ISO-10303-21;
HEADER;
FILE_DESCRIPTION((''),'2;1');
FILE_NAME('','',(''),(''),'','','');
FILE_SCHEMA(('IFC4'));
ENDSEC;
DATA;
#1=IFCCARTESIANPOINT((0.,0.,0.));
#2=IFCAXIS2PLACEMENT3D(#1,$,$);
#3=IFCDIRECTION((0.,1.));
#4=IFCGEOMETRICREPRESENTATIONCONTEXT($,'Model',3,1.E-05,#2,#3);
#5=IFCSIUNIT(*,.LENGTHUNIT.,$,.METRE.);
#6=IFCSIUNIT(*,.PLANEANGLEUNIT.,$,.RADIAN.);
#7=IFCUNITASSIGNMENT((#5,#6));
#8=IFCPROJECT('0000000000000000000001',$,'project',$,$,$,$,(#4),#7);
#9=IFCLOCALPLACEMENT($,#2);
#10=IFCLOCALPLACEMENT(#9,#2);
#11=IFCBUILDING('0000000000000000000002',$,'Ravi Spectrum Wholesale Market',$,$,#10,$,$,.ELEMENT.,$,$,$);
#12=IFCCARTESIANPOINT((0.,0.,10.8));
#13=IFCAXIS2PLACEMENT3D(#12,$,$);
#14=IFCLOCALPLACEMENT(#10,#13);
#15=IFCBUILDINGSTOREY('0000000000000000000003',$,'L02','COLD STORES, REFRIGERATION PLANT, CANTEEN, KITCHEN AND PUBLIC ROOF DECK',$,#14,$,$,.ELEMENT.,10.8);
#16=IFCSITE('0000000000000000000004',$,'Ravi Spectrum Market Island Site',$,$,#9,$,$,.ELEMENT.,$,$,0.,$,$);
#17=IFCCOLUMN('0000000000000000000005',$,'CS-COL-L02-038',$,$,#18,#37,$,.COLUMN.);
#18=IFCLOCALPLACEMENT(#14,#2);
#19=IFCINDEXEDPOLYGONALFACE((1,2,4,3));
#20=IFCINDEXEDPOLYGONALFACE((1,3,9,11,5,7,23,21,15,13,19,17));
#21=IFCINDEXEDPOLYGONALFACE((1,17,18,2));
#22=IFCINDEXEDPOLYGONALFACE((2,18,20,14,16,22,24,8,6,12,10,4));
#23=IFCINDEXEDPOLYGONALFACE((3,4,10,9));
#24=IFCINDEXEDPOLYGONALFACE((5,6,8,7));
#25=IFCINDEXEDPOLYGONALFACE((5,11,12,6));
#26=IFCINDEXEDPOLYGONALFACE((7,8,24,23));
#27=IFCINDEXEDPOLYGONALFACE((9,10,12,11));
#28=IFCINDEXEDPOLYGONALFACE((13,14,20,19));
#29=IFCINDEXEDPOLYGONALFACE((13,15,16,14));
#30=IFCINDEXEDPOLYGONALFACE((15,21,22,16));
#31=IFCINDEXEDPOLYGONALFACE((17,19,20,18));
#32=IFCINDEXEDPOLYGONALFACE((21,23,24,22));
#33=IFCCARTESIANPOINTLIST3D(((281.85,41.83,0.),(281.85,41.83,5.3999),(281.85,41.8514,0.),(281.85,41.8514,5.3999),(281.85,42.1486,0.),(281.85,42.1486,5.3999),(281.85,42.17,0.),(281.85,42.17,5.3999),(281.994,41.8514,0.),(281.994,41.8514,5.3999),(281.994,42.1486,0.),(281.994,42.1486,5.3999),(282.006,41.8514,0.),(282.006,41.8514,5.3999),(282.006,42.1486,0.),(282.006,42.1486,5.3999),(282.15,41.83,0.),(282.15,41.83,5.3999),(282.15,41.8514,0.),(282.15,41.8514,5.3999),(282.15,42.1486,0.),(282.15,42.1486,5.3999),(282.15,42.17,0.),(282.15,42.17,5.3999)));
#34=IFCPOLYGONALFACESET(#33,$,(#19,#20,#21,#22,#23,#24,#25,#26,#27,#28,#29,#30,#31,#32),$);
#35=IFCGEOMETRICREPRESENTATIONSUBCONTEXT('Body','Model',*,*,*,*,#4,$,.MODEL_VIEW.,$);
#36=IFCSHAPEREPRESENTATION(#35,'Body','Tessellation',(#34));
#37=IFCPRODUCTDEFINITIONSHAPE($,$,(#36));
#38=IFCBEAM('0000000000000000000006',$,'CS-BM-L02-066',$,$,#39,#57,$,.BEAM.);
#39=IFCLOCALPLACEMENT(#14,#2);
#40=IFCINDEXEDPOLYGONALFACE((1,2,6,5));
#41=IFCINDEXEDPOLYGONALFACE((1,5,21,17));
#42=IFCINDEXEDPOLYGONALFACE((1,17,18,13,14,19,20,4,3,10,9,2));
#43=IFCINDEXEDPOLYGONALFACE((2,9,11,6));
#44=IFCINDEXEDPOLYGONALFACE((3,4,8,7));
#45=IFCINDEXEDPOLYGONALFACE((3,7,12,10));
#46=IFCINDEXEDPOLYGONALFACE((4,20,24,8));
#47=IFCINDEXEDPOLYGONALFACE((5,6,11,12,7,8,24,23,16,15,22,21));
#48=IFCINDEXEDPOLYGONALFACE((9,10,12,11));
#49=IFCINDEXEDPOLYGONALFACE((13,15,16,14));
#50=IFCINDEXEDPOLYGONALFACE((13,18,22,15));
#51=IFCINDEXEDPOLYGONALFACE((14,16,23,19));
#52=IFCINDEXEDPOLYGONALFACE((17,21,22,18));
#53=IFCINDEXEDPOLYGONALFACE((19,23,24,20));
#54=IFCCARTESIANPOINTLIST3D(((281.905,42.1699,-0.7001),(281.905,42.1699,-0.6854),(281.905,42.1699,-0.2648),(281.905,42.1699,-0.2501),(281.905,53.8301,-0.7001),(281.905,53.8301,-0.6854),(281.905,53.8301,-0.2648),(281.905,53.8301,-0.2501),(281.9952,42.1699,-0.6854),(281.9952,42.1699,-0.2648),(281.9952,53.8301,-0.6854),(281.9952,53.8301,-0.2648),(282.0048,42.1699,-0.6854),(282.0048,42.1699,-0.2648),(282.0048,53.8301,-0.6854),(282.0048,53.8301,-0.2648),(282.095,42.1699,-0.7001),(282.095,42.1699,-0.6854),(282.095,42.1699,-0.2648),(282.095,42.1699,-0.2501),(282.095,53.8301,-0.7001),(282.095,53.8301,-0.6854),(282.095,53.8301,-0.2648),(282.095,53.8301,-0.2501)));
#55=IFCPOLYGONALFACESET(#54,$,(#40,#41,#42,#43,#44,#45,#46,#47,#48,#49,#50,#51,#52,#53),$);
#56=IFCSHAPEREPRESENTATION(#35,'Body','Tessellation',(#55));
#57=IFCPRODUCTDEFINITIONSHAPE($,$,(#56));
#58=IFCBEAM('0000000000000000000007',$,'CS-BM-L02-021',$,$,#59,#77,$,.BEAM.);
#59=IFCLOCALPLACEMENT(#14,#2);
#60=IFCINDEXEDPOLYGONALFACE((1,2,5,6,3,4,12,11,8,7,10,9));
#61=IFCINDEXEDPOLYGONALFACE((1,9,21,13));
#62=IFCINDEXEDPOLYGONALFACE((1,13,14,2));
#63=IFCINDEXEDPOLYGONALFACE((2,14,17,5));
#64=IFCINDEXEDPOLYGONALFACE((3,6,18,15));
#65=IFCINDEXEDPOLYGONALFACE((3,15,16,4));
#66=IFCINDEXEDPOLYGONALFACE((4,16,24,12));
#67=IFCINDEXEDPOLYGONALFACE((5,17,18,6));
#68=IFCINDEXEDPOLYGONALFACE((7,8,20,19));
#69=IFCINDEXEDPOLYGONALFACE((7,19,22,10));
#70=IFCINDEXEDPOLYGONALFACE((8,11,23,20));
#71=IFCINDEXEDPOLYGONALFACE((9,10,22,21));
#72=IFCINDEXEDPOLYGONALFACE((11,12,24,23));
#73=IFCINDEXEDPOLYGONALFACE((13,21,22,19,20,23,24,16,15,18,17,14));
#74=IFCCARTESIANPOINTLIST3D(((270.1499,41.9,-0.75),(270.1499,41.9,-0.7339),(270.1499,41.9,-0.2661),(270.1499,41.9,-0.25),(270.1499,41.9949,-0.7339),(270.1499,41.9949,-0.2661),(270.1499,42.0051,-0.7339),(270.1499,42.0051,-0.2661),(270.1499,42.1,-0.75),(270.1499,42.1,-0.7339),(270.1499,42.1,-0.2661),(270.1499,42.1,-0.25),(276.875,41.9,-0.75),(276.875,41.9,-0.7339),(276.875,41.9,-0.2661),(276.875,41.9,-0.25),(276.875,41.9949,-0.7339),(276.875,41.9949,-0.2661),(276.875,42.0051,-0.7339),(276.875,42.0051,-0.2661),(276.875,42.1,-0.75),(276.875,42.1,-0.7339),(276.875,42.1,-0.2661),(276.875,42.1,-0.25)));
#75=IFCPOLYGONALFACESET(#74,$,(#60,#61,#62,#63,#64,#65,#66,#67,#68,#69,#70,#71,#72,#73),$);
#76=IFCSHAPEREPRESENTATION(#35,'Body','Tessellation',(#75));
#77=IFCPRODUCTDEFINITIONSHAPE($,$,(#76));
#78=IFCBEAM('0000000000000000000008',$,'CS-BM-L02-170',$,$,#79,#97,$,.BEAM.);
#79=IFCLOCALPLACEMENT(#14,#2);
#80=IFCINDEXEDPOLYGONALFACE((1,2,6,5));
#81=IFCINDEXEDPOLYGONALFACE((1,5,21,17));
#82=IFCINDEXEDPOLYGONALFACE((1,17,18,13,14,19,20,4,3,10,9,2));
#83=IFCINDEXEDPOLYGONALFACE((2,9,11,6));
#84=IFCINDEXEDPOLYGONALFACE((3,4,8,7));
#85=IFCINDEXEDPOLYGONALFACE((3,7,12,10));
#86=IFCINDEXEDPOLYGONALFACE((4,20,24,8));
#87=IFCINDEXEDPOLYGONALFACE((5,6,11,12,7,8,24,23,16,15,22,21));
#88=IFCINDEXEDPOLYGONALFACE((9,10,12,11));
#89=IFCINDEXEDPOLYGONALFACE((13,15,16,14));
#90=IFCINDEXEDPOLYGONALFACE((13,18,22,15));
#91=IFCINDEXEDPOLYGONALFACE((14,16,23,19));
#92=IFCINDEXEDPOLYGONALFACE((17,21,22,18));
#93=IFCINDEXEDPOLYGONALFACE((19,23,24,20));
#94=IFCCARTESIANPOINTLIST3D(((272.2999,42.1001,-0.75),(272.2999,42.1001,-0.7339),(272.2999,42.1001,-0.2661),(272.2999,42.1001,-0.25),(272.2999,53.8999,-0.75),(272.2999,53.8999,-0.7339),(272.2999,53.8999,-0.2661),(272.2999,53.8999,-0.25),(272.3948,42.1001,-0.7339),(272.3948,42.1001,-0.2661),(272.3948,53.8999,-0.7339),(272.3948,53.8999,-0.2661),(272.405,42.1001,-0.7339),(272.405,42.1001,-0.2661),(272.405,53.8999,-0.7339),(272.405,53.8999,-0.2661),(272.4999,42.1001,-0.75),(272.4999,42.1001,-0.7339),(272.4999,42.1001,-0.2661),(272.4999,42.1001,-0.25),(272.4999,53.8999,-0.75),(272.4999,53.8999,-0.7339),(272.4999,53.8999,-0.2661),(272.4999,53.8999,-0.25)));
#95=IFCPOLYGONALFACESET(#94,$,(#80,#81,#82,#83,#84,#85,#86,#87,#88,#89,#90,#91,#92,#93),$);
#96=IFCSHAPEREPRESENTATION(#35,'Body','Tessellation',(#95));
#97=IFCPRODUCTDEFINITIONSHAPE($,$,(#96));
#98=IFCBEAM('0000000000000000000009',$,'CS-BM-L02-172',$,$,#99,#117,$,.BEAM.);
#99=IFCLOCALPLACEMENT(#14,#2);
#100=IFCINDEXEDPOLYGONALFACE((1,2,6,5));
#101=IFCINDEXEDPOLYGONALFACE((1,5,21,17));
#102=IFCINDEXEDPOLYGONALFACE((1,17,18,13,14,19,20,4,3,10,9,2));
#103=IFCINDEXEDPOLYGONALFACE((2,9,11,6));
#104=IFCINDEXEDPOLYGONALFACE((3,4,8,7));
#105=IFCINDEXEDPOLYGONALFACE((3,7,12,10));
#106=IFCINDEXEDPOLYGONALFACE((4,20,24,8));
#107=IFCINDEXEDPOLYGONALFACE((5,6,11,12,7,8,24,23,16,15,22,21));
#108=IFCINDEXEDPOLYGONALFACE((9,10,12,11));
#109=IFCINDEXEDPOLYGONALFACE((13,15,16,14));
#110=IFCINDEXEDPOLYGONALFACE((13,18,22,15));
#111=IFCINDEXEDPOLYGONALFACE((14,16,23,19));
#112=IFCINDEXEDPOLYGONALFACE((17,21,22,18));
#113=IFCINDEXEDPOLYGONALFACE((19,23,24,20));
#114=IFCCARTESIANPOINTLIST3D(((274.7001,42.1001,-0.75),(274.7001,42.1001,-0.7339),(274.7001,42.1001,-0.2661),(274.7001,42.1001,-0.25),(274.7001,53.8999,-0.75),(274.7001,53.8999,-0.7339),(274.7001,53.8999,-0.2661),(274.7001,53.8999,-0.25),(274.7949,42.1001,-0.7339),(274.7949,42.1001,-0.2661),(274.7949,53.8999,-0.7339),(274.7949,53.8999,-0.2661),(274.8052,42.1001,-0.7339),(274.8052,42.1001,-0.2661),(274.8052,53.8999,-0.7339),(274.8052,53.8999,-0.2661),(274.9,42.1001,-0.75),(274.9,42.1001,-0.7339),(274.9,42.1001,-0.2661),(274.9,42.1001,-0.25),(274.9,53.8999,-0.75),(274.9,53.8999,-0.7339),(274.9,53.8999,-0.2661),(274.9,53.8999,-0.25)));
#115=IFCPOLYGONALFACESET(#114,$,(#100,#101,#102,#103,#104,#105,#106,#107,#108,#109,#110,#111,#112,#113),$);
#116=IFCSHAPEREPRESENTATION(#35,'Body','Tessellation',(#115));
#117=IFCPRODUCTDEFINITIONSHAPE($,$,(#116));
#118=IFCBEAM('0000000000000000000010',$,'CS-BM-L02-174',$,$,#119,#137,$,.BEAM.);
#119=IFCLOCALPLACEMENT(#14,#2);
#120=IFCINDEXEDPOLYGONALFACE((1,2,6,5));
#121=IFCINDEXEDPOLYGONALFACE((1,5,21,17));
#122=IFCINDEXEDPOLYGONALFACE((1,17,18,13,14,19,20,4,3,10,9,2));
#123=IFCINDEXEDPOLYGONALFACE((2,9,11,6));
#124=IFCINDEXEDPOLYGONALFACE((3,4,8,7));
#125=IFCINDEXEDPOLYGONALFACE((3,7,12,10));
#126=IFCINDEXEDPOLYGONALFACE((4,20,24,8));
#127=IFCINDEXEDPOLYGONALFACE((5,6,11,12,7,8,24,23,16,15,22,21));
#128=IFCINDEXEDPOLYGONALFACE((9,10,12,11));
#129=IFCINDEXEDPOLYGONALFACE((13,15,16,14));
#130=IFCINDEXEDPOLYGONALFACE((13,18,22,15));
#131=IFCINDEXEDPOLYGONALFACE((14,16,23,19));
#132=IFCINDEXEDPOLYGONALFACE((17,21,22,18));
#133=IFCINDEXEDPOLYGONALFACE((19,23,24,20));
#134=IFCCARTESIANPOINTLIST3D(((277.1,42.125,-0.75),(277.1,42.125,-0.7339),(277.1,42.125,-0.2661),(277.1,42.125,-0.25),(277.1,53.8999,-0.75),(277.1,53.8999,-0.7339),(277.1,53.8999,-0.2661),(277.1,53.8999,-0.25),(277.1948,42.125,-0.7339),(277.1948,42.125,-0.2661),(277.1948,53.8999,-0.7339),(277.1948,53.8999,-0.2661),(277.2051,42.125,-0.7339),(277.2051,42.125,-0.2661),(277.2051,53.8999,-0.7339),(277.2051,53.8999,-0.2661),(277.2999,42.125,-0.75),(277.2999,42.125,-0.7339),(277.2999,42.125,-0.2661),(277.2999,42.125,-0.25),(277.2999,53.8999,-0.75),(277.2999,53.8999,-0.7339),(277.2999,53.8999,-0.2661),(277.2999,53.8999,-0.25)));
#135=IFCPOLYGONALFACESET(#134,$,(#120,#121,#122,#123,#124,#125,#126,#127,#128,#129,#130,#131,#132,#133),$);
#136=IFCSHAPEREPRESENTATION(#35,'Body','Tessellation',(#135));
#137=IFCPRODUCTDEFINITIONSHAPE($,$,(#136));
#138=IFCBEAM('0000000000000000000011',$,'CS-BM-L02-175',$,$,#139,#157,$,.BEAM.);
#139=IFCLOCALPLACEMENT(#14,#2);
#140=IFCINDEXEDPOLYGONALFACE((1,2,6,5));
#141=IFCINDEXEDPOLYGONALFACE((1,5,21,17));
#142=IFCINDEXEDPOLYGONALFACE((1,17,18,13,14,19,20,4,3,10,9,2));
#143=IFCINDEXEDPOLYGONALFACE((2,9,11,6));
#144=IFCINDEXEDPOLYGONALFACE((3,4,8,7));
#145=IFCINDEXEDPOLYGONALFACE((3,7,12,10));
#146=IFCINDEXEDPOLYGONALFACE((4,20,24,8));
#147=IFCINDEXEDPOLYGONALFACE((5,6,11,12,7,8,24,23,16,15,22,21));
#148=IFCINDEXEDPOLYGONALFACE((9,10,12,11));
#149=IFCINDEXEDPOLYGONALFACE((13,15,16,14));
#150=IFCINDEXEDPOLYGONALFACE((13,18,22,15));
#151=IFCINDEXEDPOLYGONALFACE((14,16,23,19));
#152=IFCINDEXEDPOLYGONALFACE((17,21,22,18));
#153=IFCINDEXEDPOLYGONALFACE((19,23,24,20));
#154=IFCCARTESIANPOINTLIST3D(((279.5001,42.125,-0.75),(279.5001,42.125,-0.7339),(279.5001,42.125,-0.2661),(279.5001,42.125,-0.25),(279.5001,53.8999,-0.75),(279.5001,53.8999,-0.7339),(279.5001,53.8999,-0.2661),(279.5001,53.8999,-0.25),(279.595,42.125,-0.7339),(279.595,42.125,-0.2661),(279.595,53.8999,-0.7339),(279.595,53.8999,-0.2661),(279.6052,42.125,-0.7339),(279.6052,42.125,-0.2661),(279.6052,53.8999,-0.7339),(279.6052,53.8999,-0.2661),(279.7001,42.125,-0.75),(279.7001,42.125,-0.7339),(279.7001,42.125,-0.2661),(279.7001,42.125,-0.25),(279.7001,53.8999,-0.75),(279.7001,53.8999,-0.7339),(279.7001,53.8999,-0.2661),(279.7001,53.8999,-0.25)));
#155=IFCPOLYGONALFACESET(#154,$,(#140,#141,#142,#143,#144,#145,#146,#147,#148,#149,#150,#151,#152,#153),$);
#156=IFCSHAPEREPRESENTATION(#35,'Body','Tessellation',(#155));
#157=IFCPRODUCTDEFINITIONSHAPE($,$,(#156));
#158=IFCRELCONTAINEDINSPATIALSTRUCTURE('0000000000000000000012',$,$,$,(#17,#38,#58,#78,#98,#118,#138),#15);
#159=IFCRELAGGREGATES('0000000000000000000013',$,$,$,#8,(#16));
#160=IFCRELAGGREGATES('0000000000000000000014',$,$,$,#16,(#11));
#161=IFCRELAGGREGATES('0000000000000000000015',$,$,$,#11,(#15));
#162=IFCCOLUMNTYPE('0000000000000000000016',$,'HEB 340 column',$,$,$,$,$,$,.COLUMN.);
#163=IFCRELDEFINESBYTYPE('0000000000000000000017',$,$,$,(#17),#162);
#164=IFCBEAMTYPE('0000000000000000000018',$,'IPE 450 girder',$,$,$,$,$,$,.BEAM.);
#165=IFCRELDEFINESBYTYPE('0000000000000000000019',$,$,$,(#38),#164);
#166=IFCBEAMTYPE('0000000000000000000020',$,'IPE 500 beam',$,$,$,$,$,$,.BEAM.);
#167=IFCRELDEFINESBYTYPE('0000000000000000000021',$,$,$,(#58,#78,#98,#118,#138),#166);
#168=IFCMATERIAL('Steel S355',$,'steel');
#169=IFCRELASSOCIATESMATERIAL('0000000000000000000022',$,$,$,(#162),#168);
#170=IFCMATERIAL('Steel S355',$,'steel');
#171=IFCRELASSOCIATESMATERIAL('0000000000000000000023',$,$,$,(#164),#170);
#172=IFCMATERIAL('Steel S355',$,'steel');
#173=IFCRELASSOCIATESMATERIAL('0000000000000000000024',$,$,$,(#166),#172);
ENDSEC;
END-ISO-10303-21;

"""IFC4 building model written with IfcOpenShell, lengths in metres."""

from ifc_helpers import new_model, si_unit, direction, frame, origin, origin_2d, place, context, subcontext, project, spatial, i_section, extrude, material, material_profile, profile_set, type_object, element, save


model = new_model("IFC4")

# Units and contexts
model_context = context("Model", 3, precision=1e-05, world=origin(), true_north=direction((0.0, 1.0)))
body_context = subcontext(model_context, "Body", "Model", "MODEL_VIEW")
ifc_project = project(units=[si_unit("LENGTHUNIT", "METRE"), si_unit("PLANEANGLEUNIT", "RADIAN")], contexts=[model_context])

# Site, building, storey
site_placement = place(None, origin())
site = spatial("IfcSite", under=ifc_project, at=site_placement, Name="Ravi Spectrum Market Island Site", CompositionType="ELEMENT", RefElevation=0.0)
building_placement = place(site_placement, origin())
building = spatial("IfcBuilding", under=site, at=building_placement, Name="Ravi Spectrum Wholesale Market", CompositionType="ELEMENT")
storey_placement = place(building_placement, frame((0.0, 0.0, 10.8)))
storey = spatial("IfcBuildingStorey", under=building, at=storey_placement, Name="L02", Description="COLD STORES, REFRIGERATION PLANT, CANTEEN, KITCHEN AND PUBLIC ROOF DECK", CompositionType="ELEMENT", Elevation=10.8)

# Column
ifc_material_1 = material(Name="Steel S355", Category="steel")
ifc_material_profile_1 = material_profile(ifc_material_1, i_section(OverallWidth=0.3, OverallDepth=0.3401, WebThickness=0.012, FlangeThickness=0.0215, at=origin_2d()))
ifc_profile_set_1 = profile_set([ifc_material_profile_1], Name="Steel S355")
column_type = type_object("IfcColumnType", Name="HEB 340 column", PredefinedType="COLUMN", material=ifc_profile_set_1)
column_placement = place(storey_placement, frame((282.0, 42.0, 0.0), z_axis=(0.0, 0.0, 1.0), x_axis=(1.0, 0.0, 0.0)))
element("IfcColumn", 1, at=column_placement, inside=storey, type_object=column_type, Name="CS-COL-L02-038", PredefinedType="COLUMN", context=body_context, shape_type="SweptSolid", body=[
    extrude(i_section(OverallWidth=0.3, OverallDepth=0.3401, WebThickness=0.012, FlangeThickness=0.0215, at=origin_2d()), origin(), (0.0, 0.0, 1.0), 5.3999),
])

# Beams
ifc_material_2 = material(Name="Steel S355", Category="steel")
ifc_material_profile_2 = material_profile(ifc_material_2, i_section(OverallWidth=0.1899, OverallDepth=0.45, WebThickness=0.0095, FlangeThickness=0.0146, at=origin_2d()))
ifc_profile_set_2 = profile_set([ifc_material_profile_2], Name="Steel S355")
beam_type_1 = type_object("IfcBeamType", Name="IPE 450 girder", PredefinedType="BEAM", material=ifc_profile_set_2)
beam_1_placement = place(storey_placement, frame((282.0, 42.1699, -0.4751), z_axis=(0.0, 1.0, 0.0), x_axis=(-1.0, 0.0, 0.0)))
element("IfcBeam", 2, at=beam_1_placement, inside=storey, type_object=beam_type_1, Name="CS-BM-L02-066", PredefinedType="BEAM", context=body_context, shape_type="SweptSolid", body=[
    extrude(i_section(OverallWidth=0.1899, OverallDepth=0.45, WebThickness=0.0095, FlangeThickness=0.0146, at=origin_2d()), origin(), (0.0, 0.0, 1.0), 11.6602),
])
ifc_material_3 = material(Name="Steel S355", Category="steel")
ifc_material_profile_3 = material_profile(ifc_material_3, i_section(OverallWidth=0.2, OverallDepth=0.5, WebThickness=0.0103, FlangeThickness=0.0161, at=origin_2d()))
ifc_profile_set_3 = profile_set([ifc_material_profile_3], Name="Steel S355")
beam_type_2 = type_object("IfcBeamType", Name="IPE 500 beam", PredefinedType="BEAM", material=ifc_profile_set_3)
beam_2_placement = place(storey_placement, frame((270.1499, 42.0, -0.5), z_axis=(1.0, 0.0, 0.0), x_axis=(0.0, 1.0, 0.0)))
element("IfcBeam", 3, at=beam_2_placement, inside=storey, type_object=beam_type_2, Name="CS-BM-L02-021", PredefinedType="BEAM", context=body_context, shape_type="SweptSolid", body=[
    extrude(i_section(OverallWidth=0.2, OverallDepth=0.5, WebThickness=0.0103, FlangeThickness=0.0161, at=origin_2d()), origin(), (0.0, 0.0, 1.0), 6.7251),
])
for number, where, z_axis, x_axis, name in (
    (4, (272.3999, 42.1001, -0.5), (0.0, 1.0, 0.0), (-1.0, 0.0, 0.0), "CS-BM-L02-170"),
    (5, (274.8, 42.1001, -0.5), (0.0, 1.0, 0.0), (-1.0, 0.0, 0.0), "CS-BM-L02-172"),
):
    element("IfcBeam", number, at=place(storey_placement, frame(where, z_axis=z_axis, x_axis=x_axis)), inside=storey, type_object=beam_type_2, Name=name, PredefinedType="BEAM", context=body_context, shape_type="SweptSolid", body=[
        extrude(i_section(OverallWidth=0.2, OverallDepth=0.5, WebThickness=0.0103, FlangeThickness=0.0161, at=origin_2d()), origin(), (0.0, 0.0, 1.0), 11.7998),
    ])
for number, where, z_axis, x_axis, name in (
    (6, (277.2, 42.125, -0.5), (0.0, 1.0, 0.0), (-1.0, 0.0, 0.0), "CS-BM-L02-174"),
    (7, (279.6001, 42.125, -0.5), (0.0, 1.0, 0.0), (-1.0, 0.0, 0.0), "CS-BM-L02-175"),
):
    element("IfcBeam", number, at=place(storey_placement, frame(where, z_axis=z_axis, x_axis=x_axis)), inside=storey, type_object=beam_type_2, Name=name, PredefinedType="BEAM", context=body_context, shape_type="SweptSolid", body=[
        extrude(i_section(OverallWidth=0.2, OverallDepth=0.5, WebThickness=0.0103, FlangeThickness=0.0161, at=origin_2d()), origin(), (0.0, 0.0, 1.0), 11.7749),
    ])

save(model, "model.ifc")
